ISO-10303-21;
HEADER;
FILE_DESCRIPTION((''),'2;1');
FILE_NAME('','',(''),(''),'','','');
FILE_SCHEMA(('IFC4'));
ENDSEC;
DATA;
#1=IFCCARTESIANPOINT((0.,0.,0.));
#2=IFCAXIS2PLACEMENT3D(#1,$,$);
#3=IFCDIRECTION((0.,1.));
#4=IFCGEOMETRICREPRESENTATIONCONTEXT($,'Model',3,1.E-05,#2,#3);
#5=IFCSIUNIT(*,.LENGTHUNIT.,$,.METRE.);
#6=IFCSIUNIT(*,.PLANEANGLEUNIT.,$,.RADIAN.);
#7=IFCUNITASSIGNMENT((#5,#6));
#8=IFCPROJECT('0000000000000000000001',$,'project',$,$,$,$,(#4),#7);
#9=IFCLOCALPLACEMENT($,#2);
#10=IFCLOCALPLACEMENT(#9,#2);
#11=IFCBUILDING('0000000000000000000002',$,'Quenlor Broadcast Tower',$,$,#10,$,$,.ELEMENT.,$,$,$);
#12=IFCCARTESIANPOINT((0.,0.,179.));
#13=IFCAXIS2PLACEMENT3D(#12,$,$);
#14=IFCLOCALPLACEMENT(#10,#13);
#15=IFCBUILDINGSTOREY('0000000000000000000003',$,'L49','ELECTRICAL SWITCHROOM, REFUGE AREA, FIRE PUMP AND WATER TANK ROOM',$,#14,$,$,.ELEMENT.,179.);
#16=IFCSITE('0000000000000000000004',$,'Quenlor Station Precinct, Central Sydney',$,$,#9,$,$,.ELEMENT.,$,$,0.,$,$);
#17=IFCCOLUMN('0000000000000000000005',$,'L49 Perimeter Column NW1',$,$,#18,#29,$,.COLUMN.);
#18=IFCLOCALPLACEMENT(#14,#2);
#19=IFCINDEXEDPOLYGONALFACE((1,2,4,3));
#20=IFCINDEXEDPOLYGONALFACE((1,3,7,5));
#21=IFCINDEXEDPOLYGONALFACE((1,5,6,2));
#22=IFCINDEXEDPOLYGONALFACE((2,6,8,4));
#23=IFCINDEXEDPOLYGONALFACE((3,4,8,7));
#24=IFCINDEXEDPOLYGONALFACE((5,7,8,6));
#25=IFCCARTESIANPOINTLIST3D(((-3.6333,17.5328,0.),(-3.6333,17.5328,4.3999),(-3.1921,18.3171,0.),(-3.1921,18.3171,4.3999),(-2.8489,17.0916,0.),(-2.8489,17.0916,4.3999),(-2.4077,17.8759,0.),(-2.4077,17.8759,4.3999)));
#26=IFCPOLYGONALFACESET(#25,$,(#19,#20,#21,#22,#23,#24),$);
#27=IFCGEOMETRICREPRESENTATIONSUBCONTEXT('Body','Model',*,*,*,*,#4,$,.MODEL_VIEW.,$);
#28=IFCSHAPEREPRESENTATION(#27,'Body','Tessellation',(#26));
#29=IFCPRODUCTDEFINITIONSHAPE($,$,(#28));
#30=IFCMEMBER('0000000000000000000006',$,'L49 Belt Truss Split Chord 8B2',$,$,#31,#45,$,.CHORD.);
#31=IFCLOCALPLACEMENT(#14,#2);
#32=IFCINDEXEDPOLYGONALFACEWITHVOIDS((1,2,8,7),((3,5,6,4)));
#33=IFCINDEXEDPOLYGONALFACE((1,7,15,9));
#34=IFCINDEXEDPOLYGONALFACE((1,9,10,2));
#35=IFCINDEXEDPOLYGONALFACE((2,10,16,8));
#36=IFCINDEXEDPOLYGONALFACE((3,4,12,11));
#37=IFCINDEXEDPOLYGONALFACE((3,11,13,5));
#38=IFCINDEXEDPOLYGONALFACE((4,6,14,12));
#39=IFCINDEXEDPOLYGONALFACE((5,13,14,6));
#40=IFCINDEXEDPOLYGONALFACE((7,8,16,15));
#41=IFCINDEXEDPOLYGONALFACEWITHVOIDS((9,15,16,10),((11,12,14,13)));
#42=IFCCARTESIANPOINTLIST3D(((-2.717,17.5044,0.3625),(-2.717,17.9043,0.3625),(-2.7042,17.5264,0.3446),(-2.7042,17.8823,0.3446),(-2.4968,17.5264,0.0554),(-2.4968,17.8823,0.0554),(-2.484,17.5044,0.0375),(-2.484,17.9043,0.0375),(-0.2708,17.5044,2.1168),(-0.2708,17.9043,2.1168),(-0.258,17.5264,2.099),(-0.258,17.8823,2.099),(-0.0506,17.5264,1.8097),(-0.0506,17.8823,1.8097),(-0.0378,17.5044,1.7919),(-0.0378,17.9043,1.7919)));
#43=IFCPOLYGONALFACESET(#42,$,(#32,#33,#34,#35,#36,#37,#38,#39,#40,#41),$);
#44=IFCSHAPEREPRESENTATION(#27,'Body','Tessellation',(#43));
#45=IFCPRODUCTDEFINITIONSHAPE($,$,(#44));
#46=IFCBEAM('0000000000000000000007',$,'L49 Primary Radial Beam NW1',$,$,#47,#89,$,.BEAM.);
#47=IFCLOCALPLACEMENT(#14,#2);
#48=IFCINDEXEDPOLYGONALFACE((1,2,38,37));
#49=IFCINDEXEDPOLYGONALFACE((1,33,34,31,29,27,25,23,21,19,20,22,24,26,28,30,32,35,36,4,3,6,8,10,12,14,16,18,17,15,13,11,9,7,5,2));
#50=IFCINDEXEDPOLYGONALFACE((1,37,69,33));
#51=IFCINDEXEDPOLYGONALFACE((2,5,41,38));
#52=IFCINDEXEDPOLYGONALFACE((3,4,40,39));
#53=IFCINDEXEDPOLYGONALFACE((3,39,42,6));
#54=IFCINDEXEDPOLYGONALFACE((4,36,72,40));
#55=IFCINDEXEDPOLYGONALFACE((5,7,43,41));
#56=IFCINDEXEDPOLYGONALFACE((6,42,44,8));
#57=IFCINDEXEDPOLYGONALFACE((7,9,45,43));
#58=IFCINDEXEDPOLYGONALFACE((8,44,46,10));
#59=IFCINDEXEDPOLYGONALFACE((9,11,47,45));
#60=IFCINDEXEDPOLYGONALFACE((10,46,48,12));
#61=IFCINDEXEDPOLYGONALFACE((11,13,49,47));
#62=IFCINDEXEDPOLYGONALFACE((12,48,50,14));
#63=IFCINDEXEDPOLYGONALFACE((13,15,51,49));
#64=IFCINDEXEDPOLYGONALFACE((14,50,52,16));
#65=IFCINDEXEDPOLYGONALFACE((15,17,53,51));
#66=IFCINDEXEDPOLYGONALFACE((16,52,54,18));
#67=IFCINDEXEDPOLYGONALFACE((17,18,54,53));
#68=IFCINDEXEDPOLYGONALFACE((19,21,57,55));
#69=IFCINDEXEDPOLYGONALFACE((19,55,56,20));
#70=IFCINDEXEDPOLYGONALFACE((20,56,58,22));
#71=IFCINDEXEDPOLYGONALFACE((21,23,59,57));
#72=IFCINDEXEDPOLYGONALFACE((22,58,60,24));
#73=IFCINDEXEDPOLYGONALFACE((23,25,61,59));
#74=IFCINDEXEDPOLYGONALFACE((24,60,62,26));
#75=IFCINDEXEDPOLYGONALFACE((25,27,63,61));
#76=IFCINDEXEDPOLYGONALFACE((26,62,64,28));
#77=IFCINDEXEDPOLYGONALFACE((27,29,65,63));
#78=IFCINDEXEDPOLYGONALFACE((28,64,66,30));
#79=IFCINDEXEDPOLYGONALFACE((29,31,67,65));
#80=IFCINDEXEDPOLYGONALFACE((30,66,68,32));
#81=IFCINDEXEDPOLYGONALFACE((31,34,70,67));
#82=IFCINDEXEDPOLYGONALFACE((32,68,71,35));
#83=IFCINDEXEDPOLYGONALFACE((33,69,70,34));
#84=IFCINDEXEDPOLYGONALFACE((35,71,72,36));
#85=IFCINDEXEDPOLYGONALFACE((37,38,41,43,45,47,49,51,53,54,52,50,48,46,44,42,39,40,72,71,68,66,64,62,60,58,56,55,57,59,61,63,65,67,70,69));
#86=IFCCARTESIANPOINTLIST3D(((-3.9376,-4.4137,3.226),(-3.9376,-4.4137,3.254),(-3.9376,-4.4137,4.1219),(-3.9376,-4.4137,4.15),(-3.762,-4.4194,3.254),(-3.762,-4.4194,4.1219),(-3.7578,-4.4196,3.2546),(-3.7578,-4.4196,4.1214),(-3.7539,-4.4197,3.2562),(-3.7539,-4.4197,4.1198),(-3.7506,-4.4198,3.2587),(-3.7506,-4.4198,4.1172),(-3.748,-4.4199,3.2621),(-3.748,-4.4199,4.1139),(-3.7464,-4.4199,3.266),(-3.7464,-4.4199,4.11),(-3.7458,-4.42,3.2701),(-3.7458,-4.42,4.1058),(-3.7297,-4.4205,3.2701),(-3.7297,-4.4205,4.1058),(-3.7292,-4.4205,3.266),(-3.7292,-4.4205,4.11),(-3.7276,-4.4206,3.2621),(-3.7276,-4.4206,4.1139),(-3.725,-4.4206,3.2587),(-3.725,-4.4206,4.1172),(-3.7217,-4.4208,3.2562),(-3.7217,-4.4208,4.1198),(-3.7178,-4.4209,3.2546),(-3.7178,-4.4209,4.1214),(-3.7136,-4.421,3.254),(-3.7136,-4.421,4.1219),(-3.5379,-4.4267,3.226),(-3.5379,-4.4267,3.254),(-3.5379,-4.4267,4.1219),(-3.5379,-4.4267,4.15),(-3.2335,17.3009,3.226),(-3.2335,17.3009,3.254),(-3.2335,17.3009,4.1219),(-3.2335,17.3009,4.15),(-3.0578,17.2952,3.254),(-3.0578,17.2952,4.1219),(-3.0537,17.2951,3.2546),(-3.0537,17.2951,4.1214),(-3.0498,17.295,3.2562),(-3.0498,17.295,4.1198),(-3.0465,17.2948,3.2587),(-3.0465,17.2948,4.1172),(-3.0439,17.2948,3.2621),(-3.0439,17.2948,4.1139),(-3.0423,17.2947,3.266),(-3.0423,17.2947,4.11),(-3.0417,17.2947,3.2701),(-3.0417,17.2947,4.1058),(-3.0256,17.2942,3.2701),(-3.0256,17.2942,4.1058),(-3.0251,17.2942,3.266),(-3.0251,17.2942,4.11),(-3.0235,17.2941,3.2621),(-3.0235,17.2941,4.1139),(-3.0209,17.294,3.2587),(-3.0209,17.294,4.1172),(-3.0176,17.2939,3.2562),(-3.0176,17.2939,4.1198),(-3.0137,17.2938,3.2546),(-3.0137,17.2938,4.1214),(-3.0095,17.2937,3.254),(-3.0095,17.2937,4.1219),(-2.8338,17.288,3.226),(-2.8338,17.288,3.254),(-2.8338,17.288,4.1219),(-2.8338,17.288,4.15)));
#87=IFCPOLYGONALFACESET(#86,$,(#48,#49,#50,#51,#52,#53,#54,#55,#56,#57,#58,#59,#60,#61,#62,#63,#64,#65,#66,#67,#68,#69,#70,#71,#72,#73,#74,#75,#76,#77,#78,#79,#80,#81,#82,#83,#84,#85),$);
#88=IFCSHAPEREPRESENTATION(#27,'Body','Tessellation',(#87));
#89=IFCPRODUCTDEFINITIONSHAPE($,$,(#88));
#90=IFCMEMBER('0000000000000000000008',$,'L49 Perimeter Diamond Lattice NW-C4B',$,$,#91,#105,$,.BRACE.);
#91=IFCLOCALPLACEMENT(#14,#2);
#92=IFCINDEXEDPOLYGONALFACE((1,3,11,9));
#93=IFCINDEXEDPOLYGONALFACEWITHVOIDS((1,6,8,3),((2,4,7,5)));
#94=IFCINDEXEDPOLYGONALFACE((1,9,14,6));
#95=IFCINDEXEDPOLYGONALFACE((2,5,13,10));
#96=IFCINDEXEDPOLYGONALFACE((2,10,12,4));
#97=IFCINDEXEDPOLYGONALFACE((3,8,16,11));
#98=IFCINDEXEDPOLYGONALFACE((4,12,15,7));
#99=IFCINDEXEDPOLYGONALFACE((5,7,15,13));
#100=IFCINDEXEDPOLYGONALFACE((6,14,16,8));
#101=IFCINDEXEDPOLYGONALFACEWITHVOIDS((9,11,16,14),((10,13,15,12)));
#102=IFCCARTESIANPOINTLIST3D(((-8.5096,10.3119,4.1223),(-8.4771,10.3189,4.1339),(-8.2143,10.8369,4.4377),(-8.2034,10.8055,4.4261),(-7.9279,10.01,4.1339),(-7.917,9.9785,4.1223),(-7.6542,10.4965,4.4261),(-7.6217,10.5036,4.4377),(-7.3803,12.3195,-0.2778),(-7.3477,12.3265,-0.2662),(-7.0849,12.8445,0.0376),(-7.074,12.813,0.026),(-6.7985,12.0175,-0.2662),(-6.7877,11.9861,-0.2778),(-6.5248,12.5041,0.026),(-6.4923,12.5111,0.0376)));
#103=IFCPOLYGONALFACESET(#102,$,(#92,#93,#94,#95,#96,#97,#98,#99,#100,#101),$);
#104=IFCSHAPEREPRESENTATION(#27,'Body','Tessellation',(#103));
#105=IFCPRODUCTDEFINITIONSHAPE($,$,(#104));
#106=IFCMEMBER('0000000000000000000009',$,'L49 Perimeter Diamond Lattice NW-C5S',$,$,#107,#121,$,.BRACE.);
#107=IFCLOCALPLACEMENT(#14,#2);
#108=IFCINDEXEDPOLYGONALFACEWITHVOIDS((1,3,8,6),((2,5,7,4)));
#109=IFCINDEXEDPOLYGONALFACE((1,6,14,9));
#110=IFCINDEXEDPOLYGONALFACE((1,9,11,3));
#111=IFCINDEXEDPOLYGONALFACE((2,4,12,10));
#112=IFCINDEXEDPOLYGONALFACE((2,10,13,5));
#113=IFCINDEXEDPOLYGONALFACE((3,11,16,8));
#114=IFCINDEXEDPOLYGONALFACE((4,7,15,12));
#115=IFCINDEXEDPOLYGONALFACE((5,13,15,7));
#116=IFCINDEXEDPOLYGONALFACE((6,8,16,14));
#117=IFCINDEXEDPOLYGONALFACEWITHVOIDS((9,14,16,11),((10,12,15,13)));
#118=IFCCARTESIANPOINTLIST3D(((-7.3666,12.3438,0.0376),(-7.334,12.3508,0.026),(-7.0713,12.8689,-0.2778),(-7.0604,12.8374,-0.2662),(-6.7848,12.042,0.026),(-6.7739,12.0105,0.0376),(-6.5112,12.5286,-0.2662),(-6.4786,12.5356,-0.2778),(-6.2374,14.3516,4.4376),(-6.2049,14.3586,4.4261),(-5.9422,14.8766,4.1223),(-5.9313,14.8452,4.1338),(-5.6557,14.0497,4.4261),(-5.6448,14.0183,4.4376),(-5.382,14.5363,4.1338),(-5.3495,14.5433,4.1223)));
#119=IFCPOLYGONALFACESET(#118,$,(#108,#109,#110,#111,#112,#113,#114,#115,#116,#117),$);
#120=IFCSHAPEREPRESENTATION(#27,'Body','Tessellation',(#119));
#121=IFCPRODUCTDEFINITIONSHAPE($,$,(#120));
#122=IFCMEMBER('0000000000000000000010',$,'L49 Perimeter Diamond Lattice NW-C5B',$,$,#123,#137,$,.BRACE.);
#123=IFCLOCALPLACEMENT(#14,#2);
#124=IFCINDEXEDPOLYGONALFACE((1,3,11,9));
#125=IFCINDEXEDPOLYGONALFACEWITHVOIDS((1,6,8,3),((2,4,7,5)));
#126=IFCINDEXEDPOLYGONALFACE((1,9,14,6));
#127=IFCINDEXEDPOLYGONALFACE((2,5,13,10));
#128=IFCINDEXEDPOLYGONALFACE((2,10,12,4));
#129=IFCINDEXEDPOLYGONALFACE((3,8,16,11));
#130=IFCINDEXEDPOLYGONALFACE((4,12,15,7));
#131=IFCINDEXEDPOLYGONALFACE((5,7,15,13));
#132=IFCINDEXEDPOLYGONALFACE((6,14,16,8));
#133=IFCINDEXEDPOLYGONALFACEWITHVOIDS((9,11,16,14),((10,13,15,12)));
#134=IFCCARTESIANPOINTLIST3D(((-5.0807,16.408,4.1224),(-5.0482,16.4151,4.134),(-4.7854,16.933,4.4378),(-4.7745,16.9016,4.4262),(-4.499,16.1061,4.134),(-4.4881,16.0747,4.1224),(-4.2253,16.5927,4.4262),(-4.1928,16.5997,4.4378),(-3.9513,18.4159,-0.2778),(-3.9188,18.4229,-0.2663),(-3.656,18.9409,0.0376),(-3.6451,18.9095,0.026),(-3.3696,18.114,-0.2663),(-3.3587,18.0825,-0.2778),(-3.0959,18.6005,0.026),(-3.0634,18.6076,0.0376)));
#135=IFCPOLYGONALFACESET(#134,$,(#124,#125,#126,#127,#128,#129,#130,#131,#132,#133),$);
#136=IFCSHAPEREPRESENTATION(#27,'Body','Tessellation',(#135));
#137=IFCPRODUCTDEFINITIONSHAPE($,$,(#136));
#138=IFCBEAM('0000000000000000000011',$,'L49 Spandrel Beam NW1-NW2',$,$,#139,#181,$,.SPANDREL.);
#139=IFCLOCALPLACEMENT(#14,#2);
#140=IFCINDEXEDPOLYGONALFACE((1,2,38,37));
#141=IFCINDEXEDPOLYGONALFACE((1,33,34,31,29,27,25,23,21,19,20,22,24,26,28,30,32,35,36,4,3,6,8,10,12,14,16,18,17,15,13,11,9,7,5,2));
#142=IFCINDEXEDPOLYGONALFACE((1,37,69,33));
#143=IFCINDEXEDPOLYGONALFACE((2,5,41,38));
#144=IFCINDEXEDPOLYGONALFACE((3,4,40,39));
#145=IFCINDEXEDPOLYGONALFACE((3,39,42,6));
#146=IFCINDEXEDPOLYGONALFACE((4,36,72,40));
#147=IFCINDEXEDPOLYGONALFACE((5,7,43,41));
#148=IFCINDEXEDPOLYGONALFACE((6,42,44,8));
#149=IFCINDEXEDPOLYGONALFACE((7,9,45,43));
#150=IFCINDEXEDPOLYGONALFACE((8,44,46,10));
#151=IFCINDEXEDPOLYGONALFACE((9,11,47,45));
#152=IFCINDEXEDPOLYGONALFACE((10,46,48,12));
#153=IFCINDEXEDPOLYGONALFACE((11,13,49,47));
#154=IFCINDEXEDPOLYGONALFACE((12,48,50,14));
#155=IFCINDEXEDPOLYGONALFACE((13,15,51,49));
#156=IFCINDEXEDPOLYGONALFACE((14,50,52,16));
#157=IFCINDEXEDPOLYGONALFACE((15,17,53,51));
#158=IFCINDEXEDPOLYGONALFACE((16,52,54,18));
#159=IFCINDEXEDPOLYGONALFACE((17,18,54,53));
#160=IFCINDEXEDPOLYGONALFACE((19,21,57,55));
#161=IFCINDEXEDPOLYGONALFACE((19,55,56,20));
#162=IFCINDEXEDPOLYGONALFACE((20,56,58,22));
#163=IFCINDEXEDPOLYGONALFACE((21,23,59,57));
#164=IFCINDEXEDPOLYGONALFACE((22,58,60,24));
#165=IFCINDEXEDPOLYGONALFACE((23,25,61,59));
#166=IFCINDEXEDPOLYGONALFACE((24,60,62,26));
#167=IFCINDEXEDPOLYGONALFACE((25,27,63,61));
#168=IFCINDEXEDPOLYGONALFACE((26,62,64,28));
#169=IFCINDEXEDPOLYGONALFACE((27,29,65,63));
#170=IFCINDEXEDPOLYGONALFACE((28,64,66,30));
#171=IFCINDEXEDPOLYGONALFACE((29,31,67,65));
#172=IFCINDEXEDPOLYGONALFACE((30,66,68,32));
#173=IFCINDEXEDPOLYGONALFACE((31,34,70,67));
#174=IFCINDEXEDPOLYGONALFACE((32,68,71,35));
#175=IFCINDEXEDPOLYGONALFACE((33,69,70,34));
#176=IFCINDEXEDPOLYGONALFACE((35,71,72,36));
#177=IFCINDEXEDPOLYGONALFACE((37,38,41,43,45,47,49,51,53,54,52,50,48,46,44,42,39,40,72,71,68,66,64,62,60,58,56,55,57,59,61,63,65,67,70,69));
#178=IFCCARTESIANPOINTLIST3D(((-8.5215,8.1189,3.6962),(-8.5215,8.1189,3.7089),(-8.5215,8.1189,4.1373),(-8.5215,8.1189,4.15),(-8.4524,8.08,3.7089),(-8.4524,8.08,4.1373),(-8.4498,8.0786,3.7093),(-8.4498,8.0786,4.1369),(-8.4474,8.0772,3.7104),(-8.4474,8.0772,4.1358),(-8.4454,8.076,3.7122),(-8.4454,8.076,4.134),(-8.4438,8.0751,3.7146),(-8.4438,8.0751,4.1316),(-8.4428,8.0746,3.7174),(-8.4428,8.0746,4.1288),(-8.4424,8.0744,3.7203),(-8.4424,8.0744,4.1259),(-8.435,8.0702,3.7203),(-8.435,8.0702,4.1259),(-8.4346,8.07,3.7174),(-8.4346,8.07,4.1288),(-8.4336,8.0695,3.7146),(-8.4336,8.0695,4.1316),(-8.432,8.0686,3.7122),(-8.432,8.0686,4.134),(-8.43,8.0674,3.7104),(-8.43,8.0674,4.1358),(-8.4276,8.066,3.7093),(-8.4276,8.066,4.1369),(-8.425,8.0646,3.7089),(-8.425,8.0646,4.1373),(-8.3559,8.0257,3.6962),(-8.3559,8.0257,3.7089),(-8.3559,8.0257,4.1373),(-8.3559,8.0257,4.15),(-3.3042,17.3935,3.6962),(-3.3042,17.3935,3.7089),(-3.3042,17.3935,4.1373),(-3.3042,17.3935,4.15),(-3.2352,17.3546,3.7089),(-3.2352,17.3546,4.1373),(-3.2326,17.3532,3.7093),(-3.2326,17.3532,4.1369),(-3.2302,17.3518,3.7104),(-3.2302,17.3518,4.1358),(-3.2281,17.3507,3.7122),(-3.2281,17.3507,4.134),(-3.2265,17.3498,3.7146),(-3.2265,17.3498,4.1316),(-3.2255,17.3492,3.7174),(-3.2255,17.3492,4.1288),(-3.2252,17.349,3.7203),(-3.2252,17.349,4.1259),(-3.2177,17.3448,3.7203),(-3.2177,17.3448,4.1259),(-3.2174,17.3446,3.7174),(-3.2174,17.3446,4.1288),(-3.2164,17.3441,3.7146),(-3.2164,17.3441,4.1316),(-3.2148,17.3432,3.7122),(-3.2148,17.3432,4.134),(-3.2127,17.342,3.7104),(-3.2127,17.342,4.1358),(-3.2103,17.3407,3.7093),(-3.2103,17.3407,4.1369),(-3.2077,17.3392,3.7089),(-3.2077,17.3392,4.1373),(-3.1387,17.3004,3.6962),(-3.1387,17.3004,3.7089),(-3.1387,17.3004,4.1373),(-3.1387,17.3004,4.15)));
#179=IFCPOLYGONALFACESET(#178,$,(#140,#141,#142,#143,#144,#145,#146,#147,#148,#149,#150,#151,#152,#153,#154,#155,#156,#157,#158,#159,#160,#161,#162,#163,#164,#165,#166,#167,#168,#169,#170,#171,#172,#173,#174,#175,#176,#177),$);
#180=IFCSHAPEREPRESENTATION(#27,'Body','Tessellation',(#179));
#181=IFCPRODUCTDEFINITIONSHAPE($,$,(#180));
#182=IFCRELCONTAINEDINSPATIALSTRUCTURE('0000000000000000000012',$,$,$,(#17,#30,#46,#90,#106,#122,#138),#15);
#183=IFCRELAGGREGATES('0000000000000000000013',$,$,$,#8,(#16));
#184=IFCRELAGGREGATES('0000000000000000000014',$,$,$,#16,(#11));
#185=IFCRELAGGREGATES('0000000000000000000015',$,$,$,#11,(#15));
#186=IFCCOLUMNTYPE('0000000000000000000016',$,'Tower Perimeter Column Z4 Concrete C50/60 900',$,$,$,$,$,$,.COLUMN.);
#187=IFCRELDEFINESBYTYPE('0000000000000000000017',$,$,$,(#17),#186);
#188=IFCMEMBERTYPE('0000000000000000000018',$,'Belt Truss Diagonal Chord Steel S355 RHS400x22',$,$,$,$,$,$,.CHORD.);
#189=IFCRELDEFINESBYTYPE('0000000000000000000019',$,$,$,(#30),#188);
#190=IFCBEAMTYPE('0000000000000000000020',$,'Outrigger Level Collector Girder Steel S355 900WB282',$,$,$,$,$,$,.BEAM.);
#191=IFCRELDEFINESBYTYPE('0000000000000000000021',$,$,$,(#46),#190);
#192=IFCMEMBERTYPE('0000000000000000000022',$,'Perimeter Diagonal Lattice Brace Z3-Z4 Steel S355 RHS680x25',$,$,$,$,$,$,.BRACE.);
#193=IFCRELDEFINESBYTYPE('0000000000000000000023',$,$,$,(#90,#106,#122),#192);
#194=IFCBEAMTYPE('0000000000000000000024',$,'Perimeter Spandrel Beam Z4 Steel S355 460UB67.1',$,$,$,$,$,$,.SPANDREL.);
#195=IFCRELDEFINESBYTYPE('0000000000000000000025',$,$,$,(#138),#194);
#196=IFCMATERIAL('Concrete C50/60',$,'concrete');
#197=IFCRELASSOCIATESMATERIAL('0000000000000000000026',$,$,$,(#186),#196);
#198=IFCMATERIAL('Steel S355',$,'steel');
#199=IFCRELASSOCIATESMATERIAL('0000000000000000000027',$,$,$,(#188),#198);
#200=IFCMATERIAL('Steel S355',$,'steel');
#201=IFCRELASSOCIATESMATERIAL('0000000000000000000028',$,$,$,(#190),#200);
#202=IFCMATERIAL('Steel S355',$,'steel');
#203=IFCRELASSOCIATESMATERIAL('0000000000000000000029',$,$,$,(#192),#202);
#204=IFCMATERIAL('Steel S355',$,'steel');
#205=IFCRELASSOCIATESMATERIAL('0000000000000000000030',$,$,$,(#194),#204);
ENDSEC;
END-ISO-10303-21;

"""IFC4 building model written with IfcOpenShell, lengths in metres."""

from ifc_helpers import new_model, si_unit, direction, frame, origin, origin_2d, place, context, subcontext, project, spatial, rectangle, hollow_rectangle, i_section, extrude, material, material_profile, profile_set, type_object, element, save


model = new_model("IFC4")

# Units and contexts
model_context = context("Model", 3, precision=1e-05, world=origin(), true_north=direction((0.0, 1.0)))
body_context = subcontext(model_context, "Body", "Model", "MODEL_VIEW")
ifc_project = project(units=[si_unit("LENGTHUNIT", "METRE"), si_unit("PLANEANGLEUNIT", "RADIAN")], contexts=[model_context])

# Site, building, storey
site_placement = place(None, origin())
site = spatial("IfcSite", under=ifc_project, at=site_placement, Name="Quenlor Station Precinct, Central Sydney", CompositionType="ELEMENT", RefElevation=0.0)
building_placement = place(site_placement, origin())
building = spatial("IfcBuilding", under=site, at=building_placement, Name="Quenlor Broadcast Tower", CompositionType="ELEMENT")
storey_placement = place(building_placement, frame((0.0, 0.0, 179.0)))
storey = spatial("IfcBuildingStorey", under=building, at=storey_placement, Name="L49", Description="ELECTRICAL SWITCHROOM, REFUGE AREA, FIRE PUMP AND WATER TANK ROOM", CompositionType="ELEMENT", Elevation=179.0)

# Column
ifc_material_1 = material(Name="Concrete C50/60", Category="concrete")
ifc_material_profile_1 = material_profile(ifc_material_1, rectangle(XDim=0.8999, YDim=0.8999, at=origin_2d()))
ifc_profile_set_1 = profile_set([ifc_material_profile_1], Name="Concrete C50/60 RC900x900")
column_type = type_object("IfcColumnType", Name="Tower Perimeter Column Z4 Concrete C50/60 900", PredefinedType="COLUMN", material=ifc_profile_set_1)
column_placement = place(storey_placement, frame((-3.0205, 17.7043, 0.0), z_axis=(0.0, 0.0, 1.0), x_axis=(-0.871575, 0.490262, 0.0)))
element("IfcColumn", 1, at=column_placement, inside=storey, type_object=column_type, Name="L49 Perimeter Column NW1", PredefinedType="COLUMN", context=body_context, shape_type="SweptSolid", body=[
    extrude(rectangle(XDim=0.8999, YDim=0.8999, at=origin_2d()), origin(), (0.0, 0.0, 1.0), 4.3999),
])

# Member
ifc_material_2 = material(Name="Steel S355", Category="steel")
ifc_material_profile_2 = material_profile(ifc_material_2, hollow_rectangle(XDim=0.3999, YDim=0.3999, WallThickness=0.022, at=origin_2d()))
ifc_profile_set_2 = profile_set([ifc_material_profile_2], Name="Steel S355 RHS400x400x22")
member_type_1 = type_object("IfcMemberType", Name="Belt Truss Diagonal Chord Steel S355 RHS400x22", PredefinedType="CHORD", material=ifc_profile_set_2)
member_1_placement = place(storey_placement, frame((-0.1543, 17.7043, 1.9543), z_axis=(-0.812625, 0.0, -0.582787), x_axis=(0.0, -1.0, 0.0)))
element("IfcMember", 2, at=member_1_placement, inside=storey, type_object=member_type_1, Name="L49 Belt Truss Split Chord 8B2", PredefinedType="CHORD", context=body_context, shape_type="SweptSolid", body=[
    extrude(hollow_rectangle(XDim=0.3999, YDim=0.3999, WallThickness=0.022, at=origin_2d()), origin(), (0.0, 0.0, 1.0), 3.0103),
])

# Beam
ifc_material_3 = material(Name="Steel S355", Category="steel")
ifc_material_profile_3 = material_profile(ifc_material_3, i_section(OverallWidth=0.3999, OverallDepth=0.9241, WebThickness=0.0161, FlangeThickness=0.0281, FilletRadius=0.0161, at=origin_2d()))
ifc_profile_set_3 = profile_set([ifc_material_profile_3], Name="Steel S355 900WB282")
beam_type_1 = type_object("IfcBeamType", Name="Outrigger Level Collector Girder Steel S355 900WB282", PredefinedType="BEAM", material=ifc_profile_set_3)
beam_1_placement = place(storey_placement, frame((-3.0337, 17.2944, 3.688), z_axis=(-0.032408, -0.999475, 0.0), x_axis=(0.999475, -0.032408, 0.0)))
element("IfcBeam", 3, at=beam_1_placement, inside=storey, type_object=beam_type_1, Name="L49 Primary Radial Beam NW1", PredefinedType="BEAM", context=body_context, shape_type="SweptSolid", body=[
    extrude(i_section(OverallWidth=0.3999, OverallDepth=0.9241, WebThickness=0.0161, FlangeThickness=0.0281, FilletRadius=0.0161, at=origin_2d()), origin(), (0.0, 0.0, 1.0), 21.7261),
])

# Members
ifc_material_4 = material(Name="Steel S355", Category="steel")
ifc_material_profile_4 = material_profile(ifc_material_4, hollow_rectangle(XDim=0.6799, YDim=0.6799, WallThickness=0.0249, at=origin_2d()))
ifc_profile_set_4 = profile_set([ifc_material_profile_4], Name="Steel S355 RHS680x680x25")
member_type_2 = type_object("IfcMemberType", Name="Perimeter Diagonal Lattice Brace Z3-Z4 Steel S355 RHS680x25", PredefinedType="BRACE", material=ifc_profile_set_4)
for number, where, z_axis, x_axis, name in (
    (4, (-6.9363, 12.4153, -0.1201), (-0.227398, -0.404214, 0.885947), (0.87155, -0.490307, 0.0), "L49 Perimeter Diamond Lattice NW-C4B"),
    (5, (-6.9226, 12.4397, -0.1201), (0.227347, 0.404259, 0.885939), (-0.871621, 0.490181, 0.0), "L49 Perimeter Diamond Lattice NW-C5S"),
):
    element("IfcMember", number, at=place(storey_placement, frame(where, z_axis=z_axis, x_axis=x_axis)), inside=storey, type_object=member_type_2, Name=name, PredefinedType="BRACE", context=body_context, shape_type="SweptSolid", body=[
        extrude(hollow_rectangle(XDim=0.6799, YDim=0.6799, WallThickness=0.0249, at=origin_2d()), origin(), (0.0, 0.0, 1.0), 4.9666),
    ])
member_2_placement = place(storey_placement, frame((-3.5073, 18.5117, -0.1201), z_axis=(-0.227393, -0.404255, 0.885929), x_axis=(0.871576, -0.490261, 0.0)))
element("IfcMember", 6, at=member_2_placement, inside=storey, type_object=member_type_2, Name="L49 Perimeter Diamond Lattice NW-C5B", PredefinedType="BRACE", context=body_context, shape_type="SweptSolid", body=[
    extrude(hollow_rectangle(XDim=0.6799, YDim=0.6799, WallThickness=0.0249, at=origin_2d()), origin(), (0.0, 0.0, 1.0), 4.9668),
])

# Beam
ifc_material_5 = material(Name="Steel S355", Category="steel")
ifc_material_profile_5 = material_profile(ifc_material_5, i_section(OverallWidth=0.1899, OverallDepth=0.4539, WebThickness=0.0085, FlangeThickness=0.0127, FilletRadius=0.0115, at=origin_2d()))
ifc_profile_set_5 = profile_set([ifc_material_profile_5], Name="Steel S355 460UB67.1")
beam_type_2 = type_object("IfcBeamType", Name="Perimeter Spandrel Beam Z4 Steel S355 460UB67.1", PredefinedType="SPANDREL", material=ifc_profile_set_5)
beam_2_placement = place(storey_placement, frame((-3.2214, 17.3469, 3.9231), z_axis=(-0.490282, -0.871564, 0.0), x_axis=(0.871564, -0.490282, 0.0)))
element("IfcBeam", 7, at=beam_2_placement, inside=storey, type_object=beam_type_2, Name="L49 Spandrel Beam NW1-NW2", PredefinedType="SPANDREL", context=body_context, shape_type="SweptSolid", body=[
    extrude(i_section(OverallWidth=0.1899, OverallDepth=0.4539, WebThickness=0.0085, FlangeThickness=0.0127, FilletRadius=0.0115, at=origin_2d()), origin(), (0.0, 0.0, 1.0), 10.6414),
])

save(model, "model.ifc")
